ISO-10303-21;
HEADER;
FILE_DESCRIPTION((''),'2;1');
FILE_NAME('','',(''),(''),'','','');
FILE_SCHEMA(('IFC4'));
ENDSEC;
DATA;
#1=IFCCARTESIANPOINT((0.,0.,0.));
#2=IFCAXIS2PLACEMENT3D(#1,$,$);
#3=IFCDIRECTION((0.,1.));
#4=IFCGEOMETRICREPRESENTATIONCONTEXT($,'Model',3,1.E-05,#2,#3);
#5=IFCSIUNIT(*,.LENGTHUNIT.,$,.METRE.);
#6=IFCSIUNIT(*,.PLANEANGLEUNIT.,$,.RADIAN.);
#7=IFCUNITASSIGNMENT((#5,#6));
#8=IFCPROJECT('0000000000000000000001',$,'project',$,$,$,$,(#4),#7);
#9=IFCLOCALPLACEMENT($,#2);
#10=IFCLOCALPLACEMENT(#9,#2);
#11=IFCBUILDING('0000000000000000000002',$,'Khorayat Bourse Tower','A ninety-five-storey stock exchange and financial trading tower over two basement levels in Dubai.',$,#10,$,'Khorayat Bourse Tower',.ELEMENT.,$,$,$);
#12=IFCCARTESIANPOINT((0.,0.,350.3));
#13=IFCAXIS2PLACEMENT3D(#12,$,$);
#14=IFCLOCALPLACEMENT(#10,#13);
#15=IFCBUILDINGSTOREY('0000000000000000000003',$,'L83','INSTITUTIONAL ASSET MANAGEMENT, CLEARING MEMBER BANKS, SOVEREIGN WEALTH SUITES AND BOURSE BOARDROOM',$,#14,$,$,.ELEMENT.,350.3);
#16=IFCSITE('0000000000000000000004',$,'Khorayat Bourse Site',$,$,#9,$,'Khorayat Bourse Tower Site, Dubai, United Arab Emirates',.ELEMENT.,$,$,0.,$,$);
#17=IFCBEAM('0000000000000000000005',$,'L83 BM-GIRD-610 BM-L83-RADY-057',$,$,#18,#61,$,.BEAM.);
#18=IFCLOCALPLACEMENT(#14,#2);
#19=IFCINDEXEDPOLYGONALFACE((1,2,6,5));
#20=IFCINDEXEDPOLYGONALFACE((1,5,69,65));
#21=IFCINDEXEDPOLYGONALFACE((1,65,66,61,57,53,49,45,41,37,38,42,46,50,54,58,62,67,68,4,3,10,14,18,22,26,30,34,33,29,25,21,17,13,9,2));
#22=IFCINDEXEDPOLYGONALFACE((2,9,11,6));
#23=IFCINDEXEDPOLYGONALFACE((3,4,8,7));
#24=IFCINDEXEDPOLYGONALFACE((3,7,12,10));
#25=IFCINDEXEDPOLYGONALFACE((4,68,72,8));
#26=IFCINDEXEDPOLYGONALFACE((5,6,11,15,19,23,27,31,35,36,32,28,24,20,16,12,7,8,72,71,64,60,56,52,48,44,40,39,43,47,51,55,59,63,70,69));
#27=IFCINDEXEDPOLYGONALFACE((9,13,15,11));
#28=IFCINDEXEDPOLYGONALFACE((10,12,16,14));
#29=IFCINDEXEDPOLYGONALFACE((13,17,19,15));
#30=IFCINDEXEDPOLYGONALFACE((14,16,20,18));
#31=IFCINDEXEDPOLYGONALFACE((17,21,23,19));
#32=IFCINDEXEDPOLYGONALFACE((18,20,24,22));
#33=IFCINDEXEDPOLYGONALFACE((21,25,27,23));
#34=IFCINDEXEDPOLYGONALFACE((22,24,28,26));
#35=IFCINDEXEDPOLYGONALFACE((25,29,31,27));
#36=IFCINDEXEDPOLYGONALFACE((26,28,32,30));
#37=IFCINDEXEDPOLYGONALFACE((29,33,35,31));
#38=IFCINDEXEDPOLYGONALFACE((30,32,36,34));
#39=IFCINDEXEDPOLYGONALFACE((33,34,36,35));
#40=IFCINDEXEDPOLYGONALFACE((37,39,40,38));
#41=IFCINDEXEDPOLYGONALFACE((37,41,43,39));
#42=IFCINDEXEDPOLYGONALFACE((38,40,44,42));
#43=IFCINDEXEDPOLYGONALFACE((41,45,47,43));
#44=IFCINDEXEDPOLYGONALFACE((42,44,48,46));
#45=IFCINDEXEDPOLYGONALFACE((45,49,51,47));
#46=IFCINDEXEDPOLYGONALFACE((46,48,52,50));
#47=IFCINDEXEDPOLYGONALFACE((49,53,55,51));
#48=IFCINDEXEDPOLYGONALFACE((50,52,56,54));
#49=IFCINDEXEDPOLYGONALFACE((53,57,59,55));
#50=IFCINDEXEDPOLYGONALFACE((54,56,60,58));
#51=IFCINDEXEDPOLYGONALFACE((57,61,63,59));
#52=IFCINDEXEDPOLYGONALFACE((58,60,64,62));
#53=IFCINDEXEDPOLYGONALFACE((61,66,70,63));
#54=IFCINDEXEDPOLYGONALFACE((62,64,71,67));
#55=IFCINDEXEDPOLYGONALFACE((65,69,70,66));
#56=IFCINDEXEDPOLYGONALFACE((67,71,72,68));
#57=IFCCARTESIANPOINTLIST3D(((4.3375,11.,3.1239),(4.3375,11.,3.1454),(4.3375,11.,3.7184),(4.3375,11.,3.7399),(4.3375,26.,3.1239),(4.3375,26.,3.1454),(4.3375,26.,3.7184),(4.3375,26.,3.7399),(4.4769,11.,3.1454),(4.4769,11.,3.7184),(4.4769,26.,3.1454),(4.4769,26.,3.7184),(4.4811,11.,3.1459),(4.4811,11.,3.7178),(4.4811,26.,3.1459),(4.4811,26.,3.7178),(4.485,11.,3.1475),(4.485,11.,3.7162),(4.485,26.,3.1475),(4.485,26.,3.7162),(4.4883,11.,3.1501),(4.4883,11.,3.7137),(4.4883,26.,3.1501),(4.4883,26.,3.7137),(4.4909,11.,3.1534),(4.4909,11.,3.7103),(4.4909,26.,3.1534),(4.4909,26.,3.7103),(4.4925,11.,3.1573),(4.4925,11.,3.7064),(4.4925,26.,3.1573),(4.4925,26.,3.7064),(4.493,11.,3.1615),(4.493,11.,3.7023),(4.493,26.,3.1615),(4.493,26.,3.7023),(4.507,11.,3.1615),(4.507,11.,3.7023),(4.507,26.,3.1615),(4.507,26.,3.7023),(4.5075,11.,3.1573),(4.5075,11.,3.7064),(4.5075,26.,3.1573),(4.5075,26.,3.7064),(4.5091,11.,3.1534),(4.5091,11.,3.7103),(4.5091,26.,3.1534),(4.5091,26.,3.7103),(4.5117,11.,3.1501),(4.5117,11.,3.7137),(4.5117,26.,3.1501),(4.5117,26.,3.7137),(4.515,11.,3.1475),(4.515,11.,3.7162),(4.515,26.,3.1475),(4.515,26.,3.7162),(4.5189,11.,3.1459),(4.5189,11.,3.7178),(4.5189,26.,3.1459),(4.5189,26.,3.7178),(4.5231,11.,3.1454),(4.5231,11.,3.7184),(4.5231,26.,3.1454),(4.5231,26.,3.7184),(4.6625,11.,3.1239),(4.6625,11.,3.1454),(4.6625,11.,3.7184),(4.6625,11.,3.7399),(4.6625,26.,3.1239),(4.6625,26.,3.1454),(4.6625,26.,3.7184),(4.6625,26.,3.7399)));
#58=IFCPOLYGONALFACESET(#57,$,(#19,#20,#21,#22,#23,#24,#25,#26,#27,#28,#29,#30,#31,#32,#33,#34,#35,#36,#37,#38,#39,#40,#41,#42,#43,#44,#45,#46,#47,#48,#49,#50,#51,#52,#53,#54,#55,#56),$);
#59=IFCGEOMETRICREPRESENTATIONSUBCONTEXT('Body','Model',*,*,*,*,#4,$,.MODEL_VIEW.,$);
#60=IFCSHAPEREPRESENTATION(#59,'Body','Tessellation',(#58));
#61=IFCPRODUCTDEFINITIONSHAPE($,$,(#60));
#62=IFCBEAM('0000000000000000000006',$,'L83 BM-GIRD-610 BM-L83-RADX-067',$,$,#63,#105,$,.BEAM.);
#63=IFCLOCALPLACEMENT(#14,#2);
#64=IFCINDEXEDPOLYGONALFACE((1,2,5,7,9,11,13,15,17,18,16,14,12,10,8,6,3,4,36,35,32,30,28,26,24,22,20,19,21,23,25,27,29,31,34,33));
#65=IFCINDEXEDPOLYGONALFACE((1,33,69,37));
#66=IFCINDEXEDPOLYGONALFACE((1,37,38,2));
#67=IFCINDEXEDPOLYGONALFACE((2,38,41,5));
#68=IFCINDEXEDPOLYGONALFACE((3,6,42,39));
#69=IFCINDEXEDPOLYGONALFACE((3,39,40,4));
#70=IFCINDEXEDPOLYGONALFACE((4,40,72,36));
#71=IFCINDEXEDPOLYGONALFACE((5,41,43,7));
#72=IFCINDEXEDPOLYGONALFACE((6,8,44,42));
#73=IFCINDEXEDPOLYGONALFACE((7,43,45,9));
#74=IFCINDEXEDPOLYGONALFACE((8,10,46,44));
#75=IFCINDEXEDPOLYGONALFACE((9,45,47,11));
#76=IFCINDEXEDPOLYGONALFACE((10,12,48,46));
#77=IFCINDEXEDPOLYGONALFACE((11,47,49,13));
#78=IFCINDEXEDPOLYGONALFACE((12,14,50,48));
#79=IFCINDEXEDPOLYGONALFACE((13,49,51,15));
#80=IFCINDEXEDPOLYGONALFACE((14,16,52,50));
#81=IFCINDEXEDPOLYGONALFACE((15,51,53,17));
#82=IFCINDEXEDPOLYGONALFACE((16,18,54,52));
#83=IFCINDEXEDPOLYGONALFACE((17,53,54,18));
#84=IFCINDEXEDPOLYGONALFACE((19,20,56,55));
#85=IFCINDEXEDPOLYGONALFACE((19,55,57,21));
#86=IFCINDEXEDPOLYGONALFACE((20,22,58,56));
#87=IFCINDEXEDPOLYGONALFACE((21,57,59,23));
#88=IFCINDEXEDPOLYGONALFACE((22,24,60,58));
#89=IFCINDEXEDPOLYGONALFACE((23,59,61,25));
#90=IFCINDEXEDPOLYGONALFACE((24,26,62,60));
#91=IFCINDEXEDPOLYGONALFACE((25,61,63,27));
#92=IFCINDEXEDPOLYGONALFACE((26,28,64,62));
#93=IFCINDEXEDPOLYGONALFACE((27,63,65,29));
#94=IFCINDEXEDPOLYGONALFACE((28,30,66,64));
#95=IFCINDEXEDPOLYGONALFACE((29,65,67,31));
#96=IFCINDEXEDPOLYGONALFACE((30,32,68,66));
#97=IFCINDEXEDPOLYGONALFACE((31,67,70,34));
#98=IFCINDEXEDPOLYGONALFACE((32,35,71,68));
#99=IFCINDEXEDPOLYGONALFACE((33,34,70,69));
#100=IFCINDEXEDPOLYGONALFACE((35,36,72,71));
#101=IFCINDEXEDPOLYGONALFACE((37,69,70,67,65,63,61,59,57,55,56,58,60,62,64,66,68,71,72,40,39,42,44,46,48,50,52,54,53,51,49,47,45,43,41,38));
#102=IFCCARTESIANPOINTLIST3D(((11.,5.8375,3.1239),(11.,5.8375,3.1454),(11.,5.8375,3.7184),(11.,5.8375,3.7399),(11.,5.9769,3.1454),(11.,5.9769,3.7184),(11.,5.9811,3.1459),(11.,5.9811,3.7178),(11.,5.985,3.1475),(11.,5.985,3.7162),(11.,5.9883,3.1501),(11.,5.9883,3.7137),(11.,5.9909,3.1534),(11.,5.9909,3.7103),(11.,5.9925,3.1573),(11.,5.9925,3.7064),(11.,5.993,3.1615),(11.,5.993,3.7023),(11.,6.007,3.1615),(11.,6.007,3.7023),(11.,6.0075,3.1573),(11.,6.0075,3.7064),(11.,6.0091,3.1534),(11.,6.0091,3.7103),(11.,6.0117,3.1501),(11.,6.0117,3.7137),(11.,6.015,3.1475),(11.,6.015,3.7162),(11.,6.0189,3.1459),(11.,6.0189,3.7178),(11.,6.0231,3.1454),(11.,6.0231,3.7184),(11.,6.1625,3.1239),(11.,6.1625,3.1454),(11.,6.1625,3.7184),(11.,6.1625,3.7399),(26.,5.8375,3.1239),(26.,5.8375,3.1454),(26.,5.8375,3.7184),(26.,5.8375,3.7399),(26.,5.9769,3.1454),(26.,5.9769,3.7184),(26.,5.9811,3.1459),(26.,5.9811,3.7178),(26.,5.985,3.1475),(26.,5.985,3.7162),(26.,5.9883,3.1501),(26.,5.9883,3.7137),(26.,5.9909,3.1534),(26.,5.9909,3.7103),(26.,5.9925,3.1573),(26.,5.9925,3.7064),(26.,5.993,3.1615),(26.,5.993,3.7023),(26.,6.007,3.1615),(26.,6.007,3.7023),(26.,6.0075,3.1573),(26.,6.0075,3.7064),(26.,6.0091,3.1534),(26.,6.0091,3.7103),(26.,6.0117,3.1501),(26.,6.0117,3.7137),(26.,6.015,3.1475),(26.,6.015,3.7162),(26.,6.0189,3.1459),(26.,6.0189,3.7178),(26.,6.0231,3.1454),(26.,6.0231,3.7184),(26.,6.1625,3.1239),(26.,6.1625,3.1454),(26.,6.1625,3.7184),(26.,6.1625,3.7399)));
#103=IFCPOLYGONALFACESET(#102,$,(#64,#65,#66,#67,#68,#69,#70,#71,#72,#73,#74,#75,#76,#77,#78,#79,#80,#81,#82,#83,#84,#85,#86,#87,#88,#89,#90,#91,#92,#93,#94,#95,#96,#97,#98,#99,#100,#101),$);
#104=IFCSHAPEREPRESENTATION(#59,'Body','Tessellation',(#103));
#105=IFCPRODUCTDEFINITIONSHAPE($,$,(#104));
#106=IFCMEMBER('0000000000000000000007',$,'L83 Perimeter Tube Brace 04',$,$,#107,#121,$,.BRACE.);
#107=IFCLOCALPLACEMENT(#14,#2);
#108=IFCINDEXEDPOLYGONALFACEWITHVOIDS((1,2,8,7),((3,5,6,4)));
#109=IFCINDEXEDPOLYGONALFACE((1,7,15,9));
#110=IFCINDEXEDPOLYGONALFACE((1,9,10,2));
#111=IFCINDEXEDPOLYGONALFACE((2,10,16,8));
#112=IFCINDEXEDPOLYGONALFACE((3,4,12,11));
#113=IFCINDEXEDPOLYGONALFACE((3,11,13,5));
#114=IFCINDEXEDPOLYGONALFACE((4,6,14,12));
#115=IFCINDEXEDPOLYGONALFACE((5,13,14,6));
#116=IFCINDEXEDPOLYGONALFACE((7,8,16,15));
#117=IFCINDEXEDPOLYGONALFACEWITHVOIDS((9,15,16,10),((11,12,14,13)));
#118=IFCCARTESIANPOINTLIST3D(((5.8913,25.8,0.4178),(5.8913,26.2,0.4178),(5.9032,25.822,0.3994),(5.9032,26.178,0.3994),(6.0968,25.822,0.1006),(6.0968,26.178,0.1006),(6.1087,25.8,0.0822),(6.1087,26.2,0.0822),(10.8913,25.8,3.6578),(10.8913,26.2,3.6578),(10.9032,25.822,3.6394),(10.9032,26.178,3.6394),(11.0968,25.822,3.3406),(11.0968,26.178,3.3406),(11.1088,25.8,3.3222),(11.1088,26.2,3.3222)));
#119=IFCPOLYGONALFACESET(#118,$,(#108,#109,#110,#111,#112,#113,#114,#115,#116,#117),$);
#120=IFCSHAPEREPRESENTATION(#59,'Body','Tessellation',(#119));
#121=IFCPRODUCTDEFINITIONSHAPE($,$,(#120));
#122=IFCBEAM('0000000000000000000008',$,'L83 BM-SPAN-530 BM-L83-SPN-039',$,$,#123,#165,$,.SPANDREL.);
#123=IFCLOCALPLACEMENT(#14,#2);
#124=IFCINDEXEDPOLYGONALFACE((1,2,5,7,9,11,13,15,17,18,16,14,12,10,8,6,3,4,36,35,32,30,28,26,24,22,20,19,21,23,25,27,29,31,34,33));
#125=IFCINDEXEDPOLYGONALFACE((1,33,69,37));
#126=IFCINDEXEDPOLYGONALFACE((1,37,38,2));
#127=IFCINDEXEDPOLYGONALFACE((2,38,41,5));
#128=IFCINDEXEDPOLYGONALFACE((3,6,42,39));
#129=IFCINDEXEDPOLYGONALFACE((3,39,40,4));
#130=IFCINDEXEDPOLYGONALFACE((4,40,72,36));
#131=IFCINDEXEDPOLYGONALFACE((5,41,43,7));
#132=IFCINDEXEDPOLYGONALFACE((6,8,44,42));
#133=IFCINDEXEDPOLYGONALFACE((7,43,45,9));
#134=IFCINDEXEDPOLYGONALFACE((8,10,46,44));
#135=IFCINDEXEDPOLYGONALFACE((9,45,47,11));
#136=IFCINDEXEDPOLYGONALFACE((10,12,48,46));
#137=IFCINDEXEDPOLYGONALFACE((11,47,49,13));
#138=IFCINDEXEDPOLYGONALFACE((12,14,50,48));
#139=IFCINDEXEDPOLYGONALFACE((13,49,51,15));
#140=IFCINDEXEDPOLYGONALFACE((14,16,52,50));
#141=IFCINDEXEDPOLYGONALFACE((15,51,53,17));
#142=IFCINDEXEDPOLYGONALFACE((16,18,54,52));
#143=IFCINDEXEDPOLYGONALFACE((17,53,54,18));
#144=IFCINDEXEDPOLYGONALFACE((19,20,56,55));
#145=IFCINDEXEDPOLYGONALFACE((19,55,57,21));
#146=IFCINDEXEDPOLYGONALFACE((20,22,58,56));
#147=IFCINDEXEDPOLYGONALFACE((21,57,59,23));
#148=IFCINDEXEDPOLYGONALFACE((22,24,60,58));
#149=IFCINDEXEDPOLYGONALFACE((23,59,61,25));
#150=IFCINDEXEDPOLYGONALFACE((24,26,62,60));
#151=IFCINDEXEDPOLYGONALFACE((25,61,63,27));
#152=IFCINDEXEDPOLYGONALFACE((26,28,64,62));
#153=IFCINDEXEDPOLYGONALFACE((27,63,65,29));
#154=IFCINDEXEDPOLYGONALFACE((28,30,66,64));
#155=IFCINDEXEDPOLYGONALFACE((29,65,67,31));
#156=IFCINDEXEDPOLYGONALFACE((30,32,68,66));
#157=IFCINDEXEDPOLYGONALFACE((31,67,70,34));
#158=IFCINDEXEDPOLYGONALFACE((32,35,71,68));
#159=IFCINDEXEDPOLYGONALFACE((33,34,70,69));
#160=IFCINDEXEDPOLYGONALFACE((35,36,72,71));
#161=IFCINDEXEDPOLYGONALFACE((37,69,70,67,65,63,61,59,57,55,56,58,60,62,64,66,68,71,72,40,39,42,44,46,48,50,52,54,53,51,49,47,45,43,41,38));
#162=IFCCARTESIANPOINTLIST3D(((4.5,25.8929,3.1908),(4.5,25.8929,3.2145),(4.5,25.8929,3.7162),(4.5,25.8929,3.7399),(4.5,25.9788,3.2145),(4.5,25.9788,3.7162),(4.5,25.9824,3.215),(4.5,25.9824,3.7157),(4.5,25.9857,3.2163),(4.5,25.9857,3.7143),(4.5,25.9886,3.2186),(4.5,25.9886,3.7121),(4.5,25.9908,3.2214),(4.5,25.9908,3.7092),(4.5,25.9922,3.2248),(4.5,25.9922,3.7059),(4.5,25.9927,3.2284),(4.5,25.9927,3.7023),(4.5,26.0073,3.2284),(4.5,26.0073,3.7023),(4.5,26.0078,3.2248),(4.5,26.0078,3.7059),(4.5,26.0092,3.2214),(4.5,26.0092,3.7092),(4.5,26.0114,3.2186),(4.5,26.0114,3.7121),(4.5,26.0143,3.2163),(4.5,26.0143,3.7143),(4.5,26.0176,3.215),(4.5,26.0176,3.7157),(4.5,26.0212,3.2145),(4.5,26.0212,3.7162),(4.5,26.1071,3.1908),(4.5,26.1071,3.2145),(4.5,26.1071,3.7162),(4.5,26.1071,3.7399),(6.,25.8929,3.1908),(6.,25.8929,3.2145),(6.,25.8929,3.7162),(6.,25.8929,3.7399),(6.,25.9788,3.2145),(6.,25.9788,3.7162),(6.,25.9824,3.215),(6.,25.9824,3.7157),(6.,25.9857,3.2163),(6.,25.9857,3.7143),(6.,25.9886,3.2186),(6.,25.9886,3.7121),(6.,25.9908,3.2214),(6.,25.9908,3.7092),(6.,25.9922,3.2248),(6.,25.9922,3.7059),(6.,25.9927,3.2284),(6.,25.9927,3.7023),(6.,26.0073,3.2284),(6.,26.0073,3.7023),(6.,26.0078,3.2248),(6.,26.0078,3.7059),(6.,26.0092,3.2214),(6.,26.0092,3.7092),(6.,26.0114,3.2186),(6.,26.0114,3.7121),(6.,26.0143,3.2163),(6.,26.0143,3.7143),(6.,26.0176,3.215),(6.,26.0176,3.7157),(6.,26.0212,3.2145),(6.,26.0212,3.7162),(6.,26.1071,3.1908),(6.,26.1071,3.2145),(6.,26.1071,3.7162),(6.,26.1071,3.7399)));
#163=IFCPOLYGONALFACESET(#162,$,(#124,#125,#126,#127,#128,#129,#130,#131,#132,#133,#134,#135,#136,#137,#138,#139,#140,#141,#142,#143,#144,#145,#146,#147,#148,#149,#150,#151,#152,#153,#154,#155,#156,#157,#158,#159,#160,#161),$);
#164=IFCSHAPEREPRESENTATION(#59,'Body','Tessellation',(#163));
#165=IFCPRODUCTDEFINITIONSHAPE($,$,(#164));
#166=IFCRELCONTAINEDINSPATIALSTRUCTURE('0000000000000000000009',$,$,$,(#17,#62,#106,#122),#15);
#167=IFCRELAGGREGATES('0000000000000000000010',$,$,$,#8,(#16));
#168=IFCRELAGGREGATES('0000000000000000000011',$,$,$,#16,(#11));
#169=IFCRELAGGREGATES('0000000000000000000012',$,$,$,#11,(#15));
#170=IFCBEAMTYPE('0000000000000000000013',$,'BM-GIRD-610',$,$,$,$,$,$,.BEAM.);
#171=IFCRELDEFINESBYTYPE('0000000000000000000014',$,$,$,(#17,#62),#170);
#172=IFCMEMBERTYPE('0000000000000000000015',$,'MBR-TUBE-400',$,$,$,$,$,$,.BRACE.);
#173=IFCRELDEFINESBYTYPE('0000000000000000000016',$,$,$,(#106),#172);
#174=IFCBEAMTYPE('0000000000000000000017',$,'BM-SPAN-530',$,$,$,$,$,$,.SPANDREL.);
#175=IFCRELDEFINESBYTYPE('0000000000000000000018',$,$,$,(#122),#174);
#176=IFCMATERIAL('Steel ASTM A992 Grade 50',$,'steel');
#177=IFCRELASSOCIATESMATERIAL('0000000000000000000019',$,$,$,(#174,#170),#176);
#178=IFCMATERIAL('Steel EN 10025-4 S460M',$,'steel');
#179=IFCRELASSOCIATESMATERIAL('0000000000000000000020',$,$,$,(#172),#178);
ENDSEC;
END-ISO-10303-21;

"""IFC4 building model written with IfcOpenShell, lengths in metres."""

from ifc_helpers import new_model, si_unit, direction, frame, origin, origin_2d, place, context, subcontext, project, spatial, hollow_rectangle, i_section, extrude, source, transform, mapped, material, material_profile, profile_set, type_object, element, save


model = new_model("IFC4")

# Units and contexts
model_context = context("Model", 3, precision=1e-05, world=origin(), true_north=direction((0.0, 1.0)))
body_context = subcontext(model_context, "Body", "Model", "MODEL_VIEW")
ifc_project = project(units=[si_unit("LENGTHUNIT", "METRE"), si_unit("PLANEANGLEUNIT", "RADIAN")], contexts=[model_context])

# Site, building, storey
site_placement = place(None, origin())
site = spatial("IfcSite", under=ifc_project, at=site_placement, Name="Khorayat Bourse Site", LongName="Khorayat Bourse Tower Site, Dubai, United Arab Emirates", CompositionType="ELEMENT", RefElevation=0.0)
building_placement = place(site_placement, origin())
building = spatial("IfcBuilding", under=site, at=building_placement, Name="Khorayat Bourse Tower", Description="A ninety-five-storey stock exchange and financial trading tower over two basement levels in Dubai.", LongName="Khorayat Bourse Tower", CompositionType="ELEMENT")
storey_placement = place(building_placement, frame((0.0, 0.0, 350.3)))
storey = spatial("IfcBuildingStorey", under=building, at=storey_placement, Name="L83", Description="INSTITUTIONAL ASSET MANAGEMENT, CLEARING MEMBER BANKS, SOVEREIGN WEALTH SUITES AND BOURSE BOARDROOM", CompositionType="ELEMENT", Elevation=350.3)

# Beams
ifc_material_1 = material(Name="Steel ASTM A992 Grade 50", Category="steel")
ifc_material_profile_1 = material_profile(ifc_material_1, i_section(OverallWidth=0.2141, OverallDepth=0.5491, WebThickness=0.0146, FlangeThickness=0.0237, FilletRadius=0.0139, at=origin_2d()), Name="W530X138")
ifc_profile_set_1 = profile_set([ifc_material_profile_1], Name="Steel ASTM A992 Grade 50")
beam_type_1 = type_object("IfcBeamType", Name="BM-SPAN-530", PredefinedType="SPANDREL", material=ifc_profile_set_1)
ifc_material_profile_2 = material_profile(ifc_material_1, i_section(OverallWidth=0.325, OverallDepth=0.616, WebThickness=0.0139, FlangeThickness=0.0215, FilletRadius=0.0161, at=origin_2d()), Name="W610X174")
ifc_profile_set_2 = profile_set([ifc_material_profile_2], Name="Steel ASTM A992 Grade 50")
beam_type_2 = type_object("IfcBeamType", Name="BM-GIRD-610", PredefinedType="BEAM", material=ifc_profile_set_2)
shared_shape_1 = source(origin(), body_context, "Body", "SweptSolid", [
    extrude(i_section(OverallWidth=0.325, OverallDepth=0.616, WebThickness=0.0139, FlangeThickness=0.0215, FilletRadius=0.0161, at=origin_2d()), origin(), (0.0, 0.0, 1.0), 15.0),
])
for number, where, z_axis, x_axis, name in (
    (1, (4.5, 11.0, 3.4319), (0.0, 1.0, 0.0), (-1.0, 0.0, 0.0), "L83 BM-GIRD-610 BM-L83-RADY-057"),
    (2, (11.0, 6.0, 3.4319), (1.0, 0.0, 0.0), (0.0, 1.0, 0.0), "L83 BM-GIRD-610 BM-L83-RADX-067"),
):
    element("IfcBeam", number, at=place(storey_placement, frame(where, z_axis=z_axis, x_axis=x_axis)), inside=storey, type_object=beam_type_2, Name=name, PredefinedType="BEAM", context=body_context, shape_type="MappedRepresentation", body=[
        mapped(shared_shape_1, transform((0.0, 0.0, 0.0), scale=1.0)),
    ])

# Member
ifc_material_2 = material(Name="Steel EN 10025-4 S460M", Category="steel")
ifc_material_profile_3 = material_profile(ifc_material_2, hollow_rectangle(XDim=0.3999, YDim=0.3999, WallThickness=0.022, at=origin_2d()), Name="HSS 400x400x22")
ifc_profile_set_3 = profile_set([ifc_material_profile_3], Name="Steel EN 10025-4 S460M")
member_type_1 = type_object("IfcMemberType", Name="MBR-TUBE-400", PredefinedType="BRACE", material=ifc_profile_set_3)
shared_shape_2 = source(origin(), body_context, "Body", "SweptSolid", [
    extrude(hollow_rectangle(XDim=0.3999, YDim=0.3999, WallThickness=0.022, at=origin_2d()), origin(), (0.0, 0.0, 1.0), 5.958),
])
member_1_placement = place(storey_placement, frame((6.0, 26.0, 0.25), z_axis=(0.83921, 0.0, 0.543807), x_axis=(0.0, 1.0, 0.0)))
element("IfcMember", 3, at=member_1_placement, inside=storey, type_object=member_type_1, Name="L83 Perimeter Tube Brace 04", PredefinedType="BRACE", context=body_context, shape_type="MappedRepresentation", body=[
    mapped(shared_shape_2, transform((0.0, 0.0, 0.0), scale=1.0)),
])

# Beam
shared_shape_3 = source(origin(), body_context, "Body", "SweptSolid", [
    extrude(i_section(OverallWidth=0.2141, OverallDepth=0.5491, WebThickness=0.0146, FlangeThickness=0.0237, FilletRadius=0.0139, at=origin_2d()), origin(), (0.0, 0.0, 1.0), 1.5),
])
beam_1_placement = place(storey_placement, frame((4.5, 26.0, 3.4653), z_axis=(1.0, 0.0, 0.0), x_axis=(0.0, 1.0, 0.0)))
element("IfcBeam", 4, at=beam_1_placement, inside=storey, type_object=beam_type_1, Name="L83 BM-SPAN-530 BM-L83-SPN-039", PredefinedType="SPANDREL", context=body_context, shape_type="MappedRepresentation", body=[
    mapped(shared_shape_3, transform((0.0, 0.0, 0.0), scale=1.0)),
])

save(model, "model.ifc")
